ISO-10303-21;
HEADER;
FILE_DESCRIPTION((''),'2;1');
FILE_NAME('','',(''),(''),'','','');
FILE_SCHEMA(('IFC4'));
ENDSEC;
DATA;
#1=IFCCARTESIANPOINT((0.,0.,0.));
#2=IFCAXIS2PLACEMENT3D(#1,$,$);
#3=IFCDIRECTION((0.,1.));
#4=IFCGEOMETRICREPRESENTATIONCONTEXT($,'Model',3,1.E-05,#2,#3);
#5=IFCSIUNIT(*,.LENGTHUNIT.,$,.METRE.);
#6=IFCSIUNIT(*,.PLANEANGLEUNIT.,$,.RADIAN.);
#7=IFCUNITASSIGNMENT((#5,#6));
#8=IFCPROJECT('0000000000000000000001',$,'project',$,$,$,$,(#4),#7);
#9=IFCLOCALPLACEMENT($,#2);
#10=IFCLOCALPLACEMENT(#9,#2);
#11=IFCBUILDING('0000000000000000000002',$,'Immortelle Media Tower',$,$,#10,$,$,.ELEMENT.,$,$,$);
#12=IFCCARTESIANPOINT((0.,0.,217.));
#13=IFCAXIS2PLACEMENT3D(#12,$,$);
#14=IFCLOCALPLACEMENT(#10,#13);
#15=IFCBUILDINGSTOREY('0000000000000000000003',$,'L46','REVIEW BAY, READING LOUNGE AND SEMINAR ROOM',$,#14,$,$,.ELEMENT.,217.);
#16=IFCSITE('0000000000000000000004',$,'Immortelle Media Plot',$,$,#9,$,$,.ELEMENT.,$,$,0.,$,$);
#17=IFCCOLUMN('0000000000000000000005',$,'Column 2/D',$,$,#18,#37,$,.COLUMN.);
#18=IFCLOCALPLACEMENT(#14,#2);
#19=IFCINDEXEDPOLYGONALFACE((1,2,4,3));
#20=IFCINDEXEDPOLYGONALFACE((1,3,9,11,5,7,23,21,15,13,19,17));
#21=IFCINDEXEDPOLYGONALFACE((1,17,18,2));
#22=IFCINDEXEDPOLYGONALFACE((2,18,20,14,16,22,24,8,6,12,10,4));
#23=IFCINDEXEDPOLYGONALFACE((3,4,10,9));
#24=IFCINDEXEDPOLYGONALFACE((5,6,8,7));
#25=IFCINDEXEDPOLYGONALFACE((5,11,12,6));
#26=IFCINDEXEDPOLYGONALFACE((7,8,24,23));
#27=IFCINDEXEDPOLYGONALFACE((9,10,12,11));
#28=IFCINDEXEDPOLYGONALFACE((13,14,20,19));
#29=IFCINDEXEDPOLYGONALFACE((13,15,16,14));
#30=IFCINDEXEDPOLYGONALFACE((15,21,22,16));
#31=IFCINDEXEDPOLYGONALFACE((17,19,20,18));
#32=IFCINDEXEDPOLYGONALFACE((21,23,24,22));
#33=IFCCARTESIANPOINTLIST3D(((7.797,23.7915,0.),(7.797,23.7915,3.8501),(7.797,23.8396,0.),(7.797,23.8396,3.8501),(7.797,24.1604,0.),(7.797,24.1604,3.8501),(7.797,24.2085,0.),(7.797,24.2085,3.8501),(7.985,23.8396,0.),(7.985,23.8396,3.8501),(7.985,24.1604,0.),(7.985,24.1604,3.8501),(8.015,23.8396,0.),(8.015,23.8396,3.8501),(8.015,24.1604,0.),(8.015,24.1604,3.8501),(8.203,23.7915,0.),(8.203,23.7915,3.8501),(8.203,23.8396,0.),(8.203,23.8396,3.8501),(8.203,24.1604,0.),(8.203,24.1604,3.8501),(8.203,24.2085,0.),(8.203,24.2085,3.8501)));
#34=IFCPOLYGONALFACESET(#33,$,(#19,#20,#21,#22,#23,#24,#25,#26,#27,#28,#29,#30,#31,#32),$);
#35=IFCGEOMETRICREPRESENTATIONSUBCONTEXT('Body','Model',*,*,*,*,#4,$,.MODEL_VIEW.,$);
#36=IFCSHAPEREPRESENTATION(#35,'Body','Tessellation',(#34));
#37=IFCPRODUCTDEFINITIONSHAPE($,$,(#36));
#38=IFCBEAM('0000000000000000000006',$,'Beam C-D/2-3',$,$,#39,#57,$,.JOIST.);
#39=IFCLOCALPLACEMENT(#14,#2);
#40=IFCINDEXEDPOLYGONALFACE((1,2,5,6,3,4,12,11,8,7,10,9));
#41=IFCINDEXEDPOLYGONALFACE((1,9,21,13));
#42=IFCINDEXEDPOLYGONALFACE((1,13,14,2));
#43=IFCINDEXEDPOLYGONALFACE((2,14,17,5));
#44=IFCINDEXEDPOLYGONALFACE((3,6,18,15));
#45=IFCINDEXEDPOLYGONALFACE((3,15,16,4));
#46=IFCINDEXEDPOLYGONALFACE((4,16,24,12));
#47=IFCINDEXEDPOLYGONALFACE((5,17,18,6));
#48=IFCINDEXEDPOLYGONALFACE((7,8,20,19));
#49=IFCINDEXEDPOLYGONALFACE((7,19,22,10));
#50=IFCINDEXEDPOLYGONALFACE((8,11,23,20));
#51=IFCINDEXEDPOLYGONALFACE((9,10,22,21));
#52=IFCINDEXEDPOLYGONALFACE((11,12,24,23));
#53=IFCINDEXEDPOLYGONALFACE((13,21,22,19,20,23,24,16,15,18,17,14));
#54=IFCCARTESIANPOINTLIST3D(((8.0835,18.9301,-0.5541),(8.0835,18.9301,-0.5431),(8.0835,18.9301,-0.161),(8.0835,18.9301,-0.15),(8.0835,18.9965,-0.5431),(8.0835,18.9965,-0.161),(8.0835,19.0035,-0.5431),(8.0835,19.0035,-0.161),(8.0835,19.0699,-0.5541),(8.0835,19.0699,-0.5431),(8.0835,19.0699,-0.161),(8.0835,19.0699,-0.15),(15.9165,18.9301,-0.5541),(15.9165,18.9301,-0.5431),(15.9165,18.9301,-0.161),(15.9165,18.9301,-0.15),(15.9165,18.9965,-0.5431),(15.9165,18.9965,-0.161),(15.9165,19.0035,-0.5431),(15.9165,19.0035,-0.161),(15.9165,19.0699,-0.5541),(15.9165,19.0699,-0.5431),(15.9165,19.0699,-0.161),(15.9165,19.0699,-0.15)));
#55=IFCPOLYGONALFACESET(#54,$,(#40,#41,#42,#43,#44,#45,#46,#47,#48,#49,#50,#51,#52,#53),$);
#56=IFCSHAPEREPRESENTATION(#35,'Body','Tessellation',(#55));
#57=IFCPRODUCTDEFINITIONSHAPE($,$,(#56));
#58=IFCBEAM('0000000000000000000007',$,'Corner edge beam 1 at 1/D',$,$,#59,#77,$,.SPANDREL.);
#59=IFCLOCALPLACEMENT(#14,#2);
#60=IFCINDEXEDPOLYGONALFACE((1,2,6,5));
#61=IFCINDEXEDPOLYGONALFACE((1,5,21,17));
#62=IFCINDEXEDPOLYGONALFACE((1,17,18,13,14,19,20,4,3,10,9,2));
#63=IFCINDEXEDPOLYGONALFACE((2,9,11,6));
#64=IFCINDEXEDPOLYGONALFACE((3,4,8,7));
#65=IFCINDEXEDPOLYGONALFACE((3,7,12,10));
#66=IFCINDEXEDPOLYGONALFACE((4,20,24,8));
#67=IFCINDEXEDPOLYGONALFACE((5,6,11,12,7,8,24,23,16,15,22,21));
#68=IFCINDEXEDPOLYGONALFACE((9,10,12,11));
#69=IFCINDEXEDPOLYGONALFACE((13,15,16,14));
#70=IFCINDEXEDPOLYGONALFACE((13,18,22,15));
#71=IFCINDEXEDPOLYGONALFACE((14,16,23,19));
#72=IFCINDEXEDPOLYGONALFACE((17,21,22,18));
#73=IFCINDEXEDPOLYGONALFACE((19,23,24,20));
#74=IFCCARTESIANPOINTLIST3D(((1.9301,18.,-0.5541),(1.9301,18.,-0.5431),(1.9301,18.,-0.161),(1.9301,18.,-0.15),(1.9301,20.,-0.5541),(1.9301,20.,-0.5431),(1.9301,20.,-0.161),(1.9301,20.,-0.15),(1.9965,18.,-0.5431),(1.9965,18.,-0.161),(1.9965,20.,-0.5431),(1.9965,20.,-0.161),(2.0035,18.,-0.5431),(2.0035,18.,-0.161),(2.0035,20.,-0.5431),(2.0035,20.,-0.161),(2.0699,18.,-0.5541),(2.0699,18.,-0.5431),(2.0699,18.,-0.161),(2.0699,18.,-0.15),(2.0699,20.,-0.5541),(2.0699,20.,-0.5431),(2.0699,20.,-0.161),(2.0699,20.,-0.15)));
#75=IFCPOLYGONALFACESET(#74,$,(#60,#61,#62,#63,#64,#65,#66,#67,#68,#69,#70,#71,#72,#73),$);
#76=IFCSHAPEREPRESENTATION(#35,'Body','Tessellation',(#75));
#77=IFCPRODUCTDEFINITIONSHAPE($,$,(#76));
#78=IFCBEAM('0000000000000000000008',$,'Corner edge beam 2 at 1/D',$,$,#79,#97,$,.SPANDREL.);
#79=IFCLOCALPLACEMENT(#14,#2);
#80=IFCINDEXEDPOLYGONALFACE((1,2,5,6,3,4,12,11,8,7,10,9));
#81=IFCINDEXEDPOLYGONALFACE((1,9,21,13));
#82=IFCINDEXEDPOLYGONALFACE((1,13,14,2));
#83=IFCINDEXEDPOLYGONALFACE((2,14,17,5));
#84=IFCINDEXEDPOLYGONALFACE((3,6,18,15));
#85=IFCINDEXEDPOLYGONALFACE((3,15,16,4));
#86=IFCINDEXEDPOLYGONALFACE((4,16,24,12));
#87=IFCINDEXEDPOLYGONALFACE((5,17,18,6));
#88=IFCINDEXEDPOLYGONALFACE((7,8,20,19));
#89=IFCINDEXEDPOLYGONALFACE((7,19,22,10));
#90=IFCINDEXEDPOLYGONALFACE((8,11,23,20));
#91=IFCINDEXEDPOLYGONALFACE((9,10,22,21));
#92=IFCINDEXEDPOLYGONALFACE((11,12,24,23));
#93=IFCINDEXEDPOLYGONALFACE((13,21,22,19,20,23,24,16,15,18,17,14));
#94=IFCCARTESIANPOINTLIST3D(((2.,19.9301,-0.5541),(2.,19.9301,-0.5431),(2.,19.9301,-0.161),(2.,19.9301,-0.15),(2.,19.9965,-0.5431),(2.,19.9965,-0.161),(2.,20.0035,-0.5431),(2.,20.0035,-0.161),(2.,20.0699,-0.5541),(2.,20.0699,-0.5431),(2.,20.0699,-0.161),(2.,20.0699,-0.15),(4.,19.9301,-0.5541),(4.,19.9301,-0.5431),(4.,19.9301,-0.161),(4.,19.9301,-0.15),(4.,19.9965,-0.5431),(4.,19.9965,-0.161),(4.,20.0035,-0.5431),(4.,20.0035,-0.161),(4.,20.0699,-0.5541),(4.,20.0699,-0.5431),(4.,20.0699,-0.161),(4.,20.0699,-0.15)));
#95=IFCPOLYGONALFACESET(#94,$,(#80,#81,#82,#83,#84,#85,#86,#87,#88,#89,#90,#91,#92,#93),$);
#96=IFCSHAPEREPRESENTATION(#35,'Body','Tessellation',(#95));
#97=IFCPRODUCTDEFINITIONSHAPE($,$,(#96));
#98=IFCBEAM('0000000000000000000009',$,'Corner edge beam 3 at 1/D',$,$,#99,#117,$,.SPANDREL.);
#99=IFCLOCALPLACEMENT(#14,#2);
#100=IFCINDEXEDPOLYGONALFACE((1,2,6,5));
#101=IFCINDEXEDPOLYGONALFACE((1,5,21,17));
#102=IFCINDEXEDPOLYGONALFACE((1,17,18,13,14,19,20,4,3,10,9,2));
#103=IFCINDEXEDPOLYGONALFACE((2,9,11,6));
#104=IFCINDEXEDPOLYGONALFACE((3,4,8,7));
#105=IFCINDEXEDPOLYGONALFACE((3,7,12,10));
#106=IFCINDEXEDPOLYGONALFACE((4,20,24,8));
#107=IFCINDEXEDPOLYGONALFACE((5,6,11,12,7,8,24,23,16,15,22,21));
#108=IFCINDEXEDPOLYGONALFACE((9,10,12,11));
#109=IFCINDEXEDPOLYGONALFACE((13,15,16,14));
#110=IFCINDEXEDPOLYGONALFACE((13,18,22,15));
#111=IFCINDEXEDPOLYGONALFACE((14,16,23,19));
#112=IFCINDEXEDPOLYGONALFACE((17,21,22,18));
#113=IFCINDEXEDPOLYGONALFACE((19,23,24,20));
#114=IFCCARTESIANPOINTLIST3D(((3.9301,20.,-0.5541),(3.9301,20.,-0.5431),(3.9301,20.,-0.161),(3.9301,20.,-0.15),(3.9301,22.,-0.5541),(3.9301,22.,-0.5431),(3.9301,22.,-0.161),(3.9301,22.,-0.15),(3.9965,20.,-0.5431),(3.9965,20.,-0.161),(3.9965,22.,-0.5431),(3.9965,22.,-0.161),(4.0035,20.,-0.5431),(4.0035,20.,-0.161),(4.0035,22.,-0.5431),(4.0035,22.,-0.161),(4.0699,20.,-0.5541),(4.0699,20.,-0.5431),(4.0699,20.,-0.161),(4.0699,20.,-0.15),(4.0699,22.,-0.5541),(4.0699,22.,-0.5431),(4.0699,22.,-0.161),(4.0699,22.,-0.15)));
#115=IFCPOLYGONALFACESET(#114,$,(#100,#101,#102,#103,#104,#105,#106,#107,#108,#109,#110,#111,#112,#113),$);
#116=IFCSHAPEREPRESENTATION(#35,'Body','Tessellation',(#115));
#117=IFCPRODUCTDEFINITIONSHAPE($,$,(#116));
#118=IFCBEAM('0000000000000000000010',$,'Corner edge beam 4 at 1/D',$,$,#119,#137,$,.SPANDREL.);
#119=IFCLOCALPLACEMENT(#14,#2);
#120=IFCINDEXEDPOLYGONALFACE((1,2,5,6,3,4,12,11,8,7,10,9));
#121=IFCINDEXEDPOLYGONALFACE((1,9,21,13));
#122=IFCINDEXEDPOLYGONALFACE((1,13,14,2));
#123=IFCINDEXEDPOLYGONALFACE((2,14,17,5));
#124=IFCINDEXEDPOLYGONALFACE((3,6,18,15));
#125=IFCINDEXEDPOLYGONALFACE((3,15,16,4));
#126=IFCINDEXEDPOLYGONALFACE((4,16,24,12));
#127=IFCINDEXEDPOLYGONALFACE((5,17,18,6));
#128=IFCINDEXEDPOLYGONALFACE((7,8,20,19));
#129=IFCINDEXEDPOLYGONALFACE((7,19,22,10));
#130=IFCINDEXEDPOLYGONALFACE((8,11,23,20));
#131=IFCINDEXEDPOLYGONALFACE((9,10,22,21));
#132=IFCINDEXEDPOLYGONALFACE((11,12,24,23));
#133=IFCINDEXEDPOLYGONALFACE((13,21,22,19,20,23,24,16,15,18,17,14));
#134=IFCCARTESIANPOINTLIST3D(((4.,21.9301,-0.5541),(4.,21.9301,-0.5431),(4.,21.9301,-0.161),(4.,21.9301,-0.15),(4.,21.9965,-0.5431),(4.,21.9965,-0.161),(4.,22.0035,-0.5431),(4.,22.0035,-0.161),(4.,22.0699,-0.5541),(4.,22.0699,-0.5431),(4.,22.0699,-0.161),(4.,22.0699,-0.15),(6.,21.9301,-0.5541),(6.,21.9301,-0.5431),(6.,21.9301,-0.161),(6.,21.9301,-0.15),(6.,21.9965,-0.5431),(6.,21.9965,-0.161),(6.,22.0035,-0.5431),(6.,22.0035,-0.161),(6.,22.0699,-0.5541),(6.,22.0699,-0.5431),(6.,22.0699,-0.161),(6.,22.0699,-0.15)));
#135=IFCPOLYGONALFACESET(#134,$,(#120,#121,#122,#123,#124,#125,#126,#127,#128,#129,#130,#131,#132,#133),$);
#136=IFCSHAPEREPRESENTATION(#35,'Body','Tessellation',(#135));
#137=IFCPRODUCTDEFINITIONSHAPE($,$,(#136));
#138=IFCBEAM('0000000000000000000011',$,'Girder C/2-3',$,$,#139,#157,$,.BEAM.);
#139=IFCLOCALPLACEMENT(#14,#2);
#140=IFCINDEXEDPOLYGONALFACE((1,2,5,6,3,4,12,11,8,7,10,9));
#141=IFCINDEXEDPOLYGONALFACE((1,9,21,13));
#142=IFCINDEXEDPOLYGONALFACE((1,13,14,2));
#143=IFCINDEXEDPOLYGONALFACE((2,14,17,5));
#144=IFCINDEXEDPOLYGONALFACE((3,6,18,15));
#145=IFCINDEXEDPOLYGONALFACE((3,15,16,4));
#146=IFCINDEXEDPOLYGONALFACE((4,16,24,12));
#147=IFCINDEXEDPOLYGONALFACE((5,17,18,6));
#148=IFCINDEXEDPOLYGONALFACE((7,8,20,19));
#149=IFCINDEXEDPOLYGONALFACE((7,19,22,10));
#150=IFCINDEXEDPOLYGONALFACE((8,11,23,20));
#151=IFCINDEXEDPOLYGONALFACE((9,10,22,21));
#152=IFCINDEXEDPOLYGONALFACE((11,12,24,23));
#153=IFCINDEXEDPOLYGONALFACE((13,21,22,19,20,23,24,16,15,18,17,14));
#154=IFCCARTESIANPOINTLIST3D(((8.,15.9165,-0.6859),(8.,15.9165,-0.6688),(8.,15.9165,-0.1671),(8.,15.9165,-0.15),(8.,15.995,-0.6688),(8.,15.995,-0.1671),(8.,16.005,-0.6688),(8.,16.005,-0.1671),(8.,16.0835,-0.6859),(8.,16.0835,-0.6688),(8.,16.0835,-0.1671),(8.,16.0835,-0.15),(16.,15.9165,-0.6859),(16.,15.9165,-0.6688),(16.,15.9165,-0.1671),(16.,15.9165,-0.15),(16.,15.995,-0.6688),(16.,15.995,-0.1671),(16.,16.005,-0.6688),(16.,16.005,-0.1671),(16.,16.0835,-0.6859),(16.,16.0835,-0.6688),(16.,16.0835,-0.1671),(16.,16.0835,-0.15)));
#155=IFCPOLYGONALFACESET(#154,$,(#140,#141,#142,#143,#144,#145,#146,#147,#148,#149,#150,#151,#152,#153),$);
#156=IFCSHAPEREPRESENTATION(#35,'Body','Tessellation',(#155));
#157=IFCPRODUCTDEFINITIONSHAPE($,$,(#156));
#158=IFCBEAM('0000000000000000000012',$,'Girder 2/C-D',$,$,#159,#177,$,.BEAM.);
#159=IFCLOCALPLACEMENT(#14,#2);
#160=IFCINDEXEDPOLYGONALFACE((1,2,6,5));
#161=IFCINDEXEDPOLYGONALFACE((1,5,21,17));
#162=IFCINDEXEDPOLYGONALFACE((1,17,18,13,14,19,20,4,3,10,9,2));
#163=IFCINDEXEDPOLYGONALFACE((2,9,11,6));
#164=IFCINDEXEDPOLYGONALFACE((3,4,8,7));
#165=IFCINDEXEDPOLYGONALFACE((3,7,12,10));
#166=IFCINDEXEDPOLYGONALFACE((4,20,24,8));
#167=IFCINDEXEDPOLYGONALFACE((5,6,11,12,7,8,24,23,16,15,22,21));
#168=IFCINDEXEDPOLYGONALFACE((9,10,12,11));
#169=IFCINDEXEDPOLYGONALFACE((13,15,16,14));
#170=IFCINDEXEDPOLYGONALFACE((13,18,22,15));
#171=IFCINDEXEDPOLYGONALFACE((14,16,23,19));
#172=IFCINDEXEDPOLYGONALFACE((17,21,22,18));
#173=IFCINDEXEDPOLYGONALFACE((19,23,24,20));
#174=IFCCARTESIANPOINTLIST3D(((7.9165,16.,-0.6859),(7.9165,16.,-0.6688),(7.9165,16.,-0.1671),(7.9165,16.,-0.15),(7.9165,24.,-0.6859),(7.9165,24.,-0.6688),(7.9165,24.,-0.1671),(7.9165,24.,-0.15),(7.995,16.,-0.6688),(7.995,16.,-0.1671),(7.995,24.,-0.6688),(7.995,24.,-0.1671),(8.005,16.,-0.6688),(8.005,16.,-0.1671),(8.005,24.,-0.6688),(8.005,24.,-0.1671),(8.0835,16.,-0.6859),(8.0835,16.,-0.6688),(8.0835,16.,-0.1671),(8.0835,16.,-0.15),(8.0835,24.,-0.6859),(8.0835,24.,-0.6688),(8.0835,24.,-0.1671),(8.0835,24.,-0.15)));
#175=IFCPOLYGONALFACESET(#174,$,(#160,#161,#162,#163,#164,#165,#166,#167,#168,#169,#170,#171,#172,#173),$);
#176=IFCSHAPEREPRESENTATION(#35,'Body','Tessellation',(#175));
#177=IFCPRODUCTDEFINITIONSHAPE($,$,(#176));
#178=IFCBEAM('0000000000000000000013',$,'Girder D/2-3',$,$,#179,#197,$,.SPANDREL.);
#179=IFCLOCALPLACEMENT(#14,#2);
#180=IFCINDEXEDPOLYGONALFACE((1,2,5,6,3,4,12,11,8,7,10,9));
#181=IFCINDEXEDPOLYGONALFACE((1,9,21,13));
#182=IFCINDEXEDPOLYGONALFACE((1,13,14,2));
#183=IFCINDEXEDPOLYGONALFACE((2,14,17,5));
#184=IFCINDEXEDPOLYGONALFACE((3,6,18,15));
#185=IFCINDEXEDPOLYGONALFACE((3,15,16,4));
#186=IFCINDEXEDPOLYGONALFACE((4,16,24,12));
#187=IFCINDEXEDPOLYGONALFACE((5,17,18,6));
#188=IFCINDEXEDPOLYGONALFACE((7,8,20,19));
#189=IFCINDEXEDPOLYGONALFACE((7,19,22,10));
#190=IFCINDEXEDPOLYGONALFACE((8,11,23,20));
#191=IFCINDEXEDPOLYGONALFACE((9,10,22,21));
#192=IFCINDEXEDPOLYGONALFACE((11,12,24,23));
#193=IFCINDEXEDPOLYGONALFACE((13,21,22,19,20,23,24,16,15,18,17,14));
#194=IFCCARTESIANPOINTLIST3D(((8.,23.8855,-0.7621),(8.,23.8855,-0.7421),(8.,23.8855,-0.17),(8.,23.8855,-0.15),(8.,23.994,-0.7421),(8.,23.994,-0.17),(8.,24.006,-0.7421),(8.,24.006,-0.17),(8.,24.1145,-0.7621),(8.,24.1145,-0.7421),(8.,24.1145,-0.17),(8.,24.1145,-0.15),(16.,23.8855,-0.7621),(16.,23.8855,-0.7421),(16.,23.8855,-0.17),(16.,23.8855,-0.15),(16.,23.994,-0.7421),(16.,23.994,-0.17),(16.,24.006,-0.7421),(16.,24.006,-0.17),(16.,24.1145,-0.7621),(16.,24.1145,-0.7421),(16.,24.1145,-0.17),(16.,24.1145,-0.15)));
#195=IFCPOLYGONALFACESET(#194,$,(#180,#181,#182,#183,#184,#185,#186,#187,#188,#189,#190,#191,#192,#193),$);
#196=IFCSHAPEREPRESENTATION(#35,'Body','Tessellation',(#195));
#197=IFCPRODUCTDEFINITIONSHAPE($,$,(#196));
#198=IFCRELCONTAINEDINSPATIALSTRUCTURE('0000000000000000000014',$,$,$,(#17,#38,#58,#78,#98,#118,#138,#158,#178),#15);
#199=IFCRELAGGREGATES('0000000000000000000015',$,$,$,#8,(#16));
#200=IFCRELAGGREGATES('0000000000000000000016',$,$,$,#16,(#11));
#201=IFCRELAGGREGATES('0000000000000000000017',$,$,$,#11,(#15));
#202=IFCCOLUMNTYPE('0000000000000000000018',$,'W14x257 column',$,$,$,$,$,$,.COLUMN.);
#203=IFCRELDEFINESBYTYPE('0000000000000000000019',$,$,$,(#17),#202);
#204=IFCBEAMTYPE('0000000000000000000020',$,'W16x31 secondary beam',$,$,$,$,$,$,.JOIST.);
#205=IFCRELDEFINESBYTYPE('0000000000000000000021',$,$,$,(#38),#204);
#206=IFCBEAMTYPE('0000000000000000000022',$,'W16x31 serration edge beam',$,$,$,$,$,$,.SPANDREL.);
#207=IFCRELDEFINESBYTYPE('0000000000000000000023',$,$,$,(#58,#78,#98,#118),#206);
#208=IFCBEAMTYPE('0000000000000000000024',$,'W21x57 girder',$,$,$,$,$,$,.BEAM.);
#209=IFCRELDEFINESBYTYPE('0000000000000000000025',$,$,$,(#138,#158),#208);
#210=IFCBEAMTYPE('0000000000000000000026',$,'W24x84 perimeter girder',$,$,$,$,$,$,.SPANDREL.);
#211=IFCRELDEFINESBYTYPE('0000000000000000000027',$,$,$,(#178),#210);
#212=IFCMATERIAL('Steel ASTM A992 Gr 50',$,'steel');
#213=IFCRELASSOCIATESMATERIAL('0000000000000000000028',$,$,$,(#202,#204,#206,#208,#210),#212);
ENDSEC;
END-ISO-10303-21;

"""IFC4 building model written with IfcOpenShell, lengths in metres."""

from ifc_helpers import new_model, si_unit, direction, frame, origin, origin_2d, place, context, subcontext, project, spatial, i_section, extrude, material, material_profile, profile_set, type_object, element, save


model = new_model("IFC4")

# Units and contexts
model_context = context("Model", 3, precision=1e-05, world=origin(), true_north=direction((0.0, 1.0)))
body_context = subcontext(model_context, "Body", "Model", "MODEL_VIEW")
ifc_project = project(units=[si_unit("LENGTHUNIT", "METRE"), si_unit("PLANEANGLEUNIT", "RADIAN")], contexts=[model_context])

# Site, building, storey
site_placement = place(None, origin())
site = spatial("IfcSite", under=ifc_project, at=site_placement, Name="Immortelle Media Plot", CompositionType="ELEMENT", RefElevation=0.0)
building_placement = place(site_placement, origin())
building = spatial("IfcBuilding", under=site, at=building_placement, Name="Immortelle Media Tower", CompositionType="ELEMENT")
storey_placement = place(building_placement, frame((0.0, 0.0, 217.0)))
storey = spatial("IfcBuildingStorey", under=building, at=storey_placement, Name="L46", Description="REVIEW BAY, READING LOUNGE AND SEMINAR ROOM", CompositionType="ELEMENT", Elevation=217.0)

# Column
ifc_material_1 = material(Name="Steel ASTM A992 Gr 50", Category="steel")
ifc_material_profile_1 = material_profile(ifc_material_1, i_section(OverallWidth=0.406, OverallDepth=0.417, WebThickness=0.03, FlangeThickness=0.0481, at=origin_2d()), Name="W14x257")
ifc_profile_set_1 = profile_set([ifc_material_profile_1], Name="Steel ASTM A992 Gr 50")
column_type = type_object("IfcColumnType", Name="W14x257 column", PredefinedType="COLUMN", material=ifc_profile_set_1)
column_placement = place(storey_placement, frame((8.0, 24.0, 0.0), z_axis=(0.0, 0.0, 1.0), x_axis=(1.0, 0.0, 0.0)))
element("IfcColumn", 1, at=column_placement, inside=storey, type_object=column_type, Name="Column 2/D", PredefinedType="COLUMN", context=body_context, shape_type="SweptSolid", body=[
    extrude(i_section(OverallWidth=0.406, OverallDepth=0.417, WebThickness=0.03, FlangeThickness=0.0481, at=origin_2d()), origin(), (0.0, 0.0, 1.0), 3.8501),
])

# Beams
ifc_material_profile_2 = material_profile(ifc_material_1, i_section(OverallWidth=0.1399, OverallDepth=0.4041, WebThickness=0.0071, FlangeThickness=0.011, at=origin_2d()), Name="W16x31")
ifc_profile_set_2 = profile_set([ifc_material_profile_2], Name="Steel ASTM A992 Gr 50")
beam_type_1 = type_object("IfcBeamType", Name="W16x31 secondary beam", PredefinedType="JOIST", material=ifc_profile_set_2)
beam_1_placement = place(storey_placement, frame((8.0835, 19.0, -0.3521), z_axis=(1.0, 0.0, 0.0), x_axis=(0.0, 1.0, 0.0)))
element("IfcBeam", 2, at=beam_1_placement, inside=storey, type_object=beam_type_1, Name="Beam C-D/2-3", PredefinedType="JOIST", context=body_context, shape_type="SweptSolid", body=[
    extrude(i_section(OverallWidth=0.1399, OverallDepth=0.4041, WebThickness=0.0071, FlangeThickness=0.011, at=origin_2d()), origin(), (0.0, 0.0, 1.0), 7.833),
])
ifc_material_profile_3 = material_profile(ifc_material_1, i_section(OverallWidth=0.1399, OverallDepth=0.4041, WebThickness=0.0071, FlangeThickness=0.011, at=origin_2d()), Name="W16x31")
ifc_profile_set_3 = profile_set([ifc_material_profile_3], Name="Steel ASTM A992 Gr 50")
beam_type_2 = type_object("IfcBeamType", Name="W16x31 serration edge beam", PredefinedType="SPANDREL", material=ifc_profile_set_3)
for number, where, z_axis, x_axis, name in (
    (3, (2.0, 18.0, -0.3521), (0.0, 1.0, 0.0), (-1.0, 0.0, 0.0), "Corner edge beam 1 at 1/D"),
    (4, (2.0, 20.0, -0.3521), (1.0, 0.0, 0.0), (0.0, 1.0, 0.0), "Corner edge beam 2 at 1/D"),
    (5, (4.0, 20.0, -0.3521), (0.0, 1.0, 0.0), (-1.0, 0.0, 0.0), "Corner edge beam 3 at 1/D"),
    (6, (4.0, 22.0, -0.3521), (1.0, 0.0, 0.0), (0.0, 1.0, 0.0), "Corner edge beam 4 at 1/D"),
):
    element("IfcBeam", number, at=place(storey_placement, frame(where, z_axis=z_axis, x_axis=x_axis)), inside=storey, type_object=beam_type_2, Name=name, PredefinedType="SPANDREL", context=body_context, shape_type="SweptSolid", body=[
        extrude(i_section(OverallWidth=0.1399, OverallDepth=0.4041, WebThickness=0.0071, FlangeThickness=0.011, at=origin_2d()), origin(), (0.0, 0.0, 1.0), 2.0),
    ])
ifc_material_profile_4 = material_profile(ifc_material_1, i_section(OverallWidth=0.167, OverallDepth=0.5359, WebThickness=0.01, FlangeThickness=0.0171, at=origin_2d()), Name="W21x57")
ifc_profile_set_4 = profile_set([ifc_material_profile_4], Name="Steel ASTM A992 Gr 50")
beam_type_3 = type_object("IfcBeamType", Name="W21x57 girder", PredefinedType="BEAM", material=ifc_profile_set_4)
for number, where, z_axis, x_axis, name in (
    (7, (8.0, 16.0, -0.418), (1.0, 0.0, 0.0), (0.0, 1.0, 0.0), "Girder C/2-3"),
    (8, (8.0, 16.0, -0.418), (0.0, 1.0, 0.0), (-1.0, 0.0, 0.0), "Girder 2/C-D"),
):
    element("IfcBeam", number, at=place(storey_placement, frame(where, z_axis=z_axis, x_axis=x_axis)), inside=storey, type_object=beam_type_3, Name=name, PredefinedType="BEAM", context=body_context, shape_type="SweptSolid", body=[
        extrude(i_section(OverallWidth=0.167, OverallDepth=0.5359, WebThickness=0.01, FlangeThickness=0.0171, at=origin_2d()), origin(), (0.0, 0.0, 1.0), 8.0),
    ])
ifc_material_profile_5 = material_profile(ifc_material_1, i_section(OverallWidth=0.229, OverallDepth=0.6121, WebThickness=0.012, FlangeThickness=0.02, at=origin_2d()), Name="W24x84")
ifc_profile_set_5 = profile_set([ifc_material_profile_5], Name="Steel ASTM A992 Gr 50")
beam_type_4 = type_object("IfcBeamType", Name="W24x84 perimeter girder", PredefinedType="SPANDREL", material=ifc_profile_set_5)
beam_2_placement = place(storey_placement, frame((8.0, 24.0, -0.4561), z_axis=(1.0, 0.0, 0.0), x_axis=(0.0, 1.0, 0.0)))
element("IfcBeam", 9, at=beam_2_placement, inside=storey, type_object=beam_type_4, Name="Girder D/2-3", PredefinedType="SPANDREL", context=body_context, shape_type="SweptSolid", body=[
    extrude(i_section(OverallWidth=0.229, OverallDepth=0.6121, WebThickness=0.012, FlangeThickness=0.02, at=origin_2d()), origin(), (0.0, 0.0, 1.0), 8.0),
])

save(model, "model.ifc")
